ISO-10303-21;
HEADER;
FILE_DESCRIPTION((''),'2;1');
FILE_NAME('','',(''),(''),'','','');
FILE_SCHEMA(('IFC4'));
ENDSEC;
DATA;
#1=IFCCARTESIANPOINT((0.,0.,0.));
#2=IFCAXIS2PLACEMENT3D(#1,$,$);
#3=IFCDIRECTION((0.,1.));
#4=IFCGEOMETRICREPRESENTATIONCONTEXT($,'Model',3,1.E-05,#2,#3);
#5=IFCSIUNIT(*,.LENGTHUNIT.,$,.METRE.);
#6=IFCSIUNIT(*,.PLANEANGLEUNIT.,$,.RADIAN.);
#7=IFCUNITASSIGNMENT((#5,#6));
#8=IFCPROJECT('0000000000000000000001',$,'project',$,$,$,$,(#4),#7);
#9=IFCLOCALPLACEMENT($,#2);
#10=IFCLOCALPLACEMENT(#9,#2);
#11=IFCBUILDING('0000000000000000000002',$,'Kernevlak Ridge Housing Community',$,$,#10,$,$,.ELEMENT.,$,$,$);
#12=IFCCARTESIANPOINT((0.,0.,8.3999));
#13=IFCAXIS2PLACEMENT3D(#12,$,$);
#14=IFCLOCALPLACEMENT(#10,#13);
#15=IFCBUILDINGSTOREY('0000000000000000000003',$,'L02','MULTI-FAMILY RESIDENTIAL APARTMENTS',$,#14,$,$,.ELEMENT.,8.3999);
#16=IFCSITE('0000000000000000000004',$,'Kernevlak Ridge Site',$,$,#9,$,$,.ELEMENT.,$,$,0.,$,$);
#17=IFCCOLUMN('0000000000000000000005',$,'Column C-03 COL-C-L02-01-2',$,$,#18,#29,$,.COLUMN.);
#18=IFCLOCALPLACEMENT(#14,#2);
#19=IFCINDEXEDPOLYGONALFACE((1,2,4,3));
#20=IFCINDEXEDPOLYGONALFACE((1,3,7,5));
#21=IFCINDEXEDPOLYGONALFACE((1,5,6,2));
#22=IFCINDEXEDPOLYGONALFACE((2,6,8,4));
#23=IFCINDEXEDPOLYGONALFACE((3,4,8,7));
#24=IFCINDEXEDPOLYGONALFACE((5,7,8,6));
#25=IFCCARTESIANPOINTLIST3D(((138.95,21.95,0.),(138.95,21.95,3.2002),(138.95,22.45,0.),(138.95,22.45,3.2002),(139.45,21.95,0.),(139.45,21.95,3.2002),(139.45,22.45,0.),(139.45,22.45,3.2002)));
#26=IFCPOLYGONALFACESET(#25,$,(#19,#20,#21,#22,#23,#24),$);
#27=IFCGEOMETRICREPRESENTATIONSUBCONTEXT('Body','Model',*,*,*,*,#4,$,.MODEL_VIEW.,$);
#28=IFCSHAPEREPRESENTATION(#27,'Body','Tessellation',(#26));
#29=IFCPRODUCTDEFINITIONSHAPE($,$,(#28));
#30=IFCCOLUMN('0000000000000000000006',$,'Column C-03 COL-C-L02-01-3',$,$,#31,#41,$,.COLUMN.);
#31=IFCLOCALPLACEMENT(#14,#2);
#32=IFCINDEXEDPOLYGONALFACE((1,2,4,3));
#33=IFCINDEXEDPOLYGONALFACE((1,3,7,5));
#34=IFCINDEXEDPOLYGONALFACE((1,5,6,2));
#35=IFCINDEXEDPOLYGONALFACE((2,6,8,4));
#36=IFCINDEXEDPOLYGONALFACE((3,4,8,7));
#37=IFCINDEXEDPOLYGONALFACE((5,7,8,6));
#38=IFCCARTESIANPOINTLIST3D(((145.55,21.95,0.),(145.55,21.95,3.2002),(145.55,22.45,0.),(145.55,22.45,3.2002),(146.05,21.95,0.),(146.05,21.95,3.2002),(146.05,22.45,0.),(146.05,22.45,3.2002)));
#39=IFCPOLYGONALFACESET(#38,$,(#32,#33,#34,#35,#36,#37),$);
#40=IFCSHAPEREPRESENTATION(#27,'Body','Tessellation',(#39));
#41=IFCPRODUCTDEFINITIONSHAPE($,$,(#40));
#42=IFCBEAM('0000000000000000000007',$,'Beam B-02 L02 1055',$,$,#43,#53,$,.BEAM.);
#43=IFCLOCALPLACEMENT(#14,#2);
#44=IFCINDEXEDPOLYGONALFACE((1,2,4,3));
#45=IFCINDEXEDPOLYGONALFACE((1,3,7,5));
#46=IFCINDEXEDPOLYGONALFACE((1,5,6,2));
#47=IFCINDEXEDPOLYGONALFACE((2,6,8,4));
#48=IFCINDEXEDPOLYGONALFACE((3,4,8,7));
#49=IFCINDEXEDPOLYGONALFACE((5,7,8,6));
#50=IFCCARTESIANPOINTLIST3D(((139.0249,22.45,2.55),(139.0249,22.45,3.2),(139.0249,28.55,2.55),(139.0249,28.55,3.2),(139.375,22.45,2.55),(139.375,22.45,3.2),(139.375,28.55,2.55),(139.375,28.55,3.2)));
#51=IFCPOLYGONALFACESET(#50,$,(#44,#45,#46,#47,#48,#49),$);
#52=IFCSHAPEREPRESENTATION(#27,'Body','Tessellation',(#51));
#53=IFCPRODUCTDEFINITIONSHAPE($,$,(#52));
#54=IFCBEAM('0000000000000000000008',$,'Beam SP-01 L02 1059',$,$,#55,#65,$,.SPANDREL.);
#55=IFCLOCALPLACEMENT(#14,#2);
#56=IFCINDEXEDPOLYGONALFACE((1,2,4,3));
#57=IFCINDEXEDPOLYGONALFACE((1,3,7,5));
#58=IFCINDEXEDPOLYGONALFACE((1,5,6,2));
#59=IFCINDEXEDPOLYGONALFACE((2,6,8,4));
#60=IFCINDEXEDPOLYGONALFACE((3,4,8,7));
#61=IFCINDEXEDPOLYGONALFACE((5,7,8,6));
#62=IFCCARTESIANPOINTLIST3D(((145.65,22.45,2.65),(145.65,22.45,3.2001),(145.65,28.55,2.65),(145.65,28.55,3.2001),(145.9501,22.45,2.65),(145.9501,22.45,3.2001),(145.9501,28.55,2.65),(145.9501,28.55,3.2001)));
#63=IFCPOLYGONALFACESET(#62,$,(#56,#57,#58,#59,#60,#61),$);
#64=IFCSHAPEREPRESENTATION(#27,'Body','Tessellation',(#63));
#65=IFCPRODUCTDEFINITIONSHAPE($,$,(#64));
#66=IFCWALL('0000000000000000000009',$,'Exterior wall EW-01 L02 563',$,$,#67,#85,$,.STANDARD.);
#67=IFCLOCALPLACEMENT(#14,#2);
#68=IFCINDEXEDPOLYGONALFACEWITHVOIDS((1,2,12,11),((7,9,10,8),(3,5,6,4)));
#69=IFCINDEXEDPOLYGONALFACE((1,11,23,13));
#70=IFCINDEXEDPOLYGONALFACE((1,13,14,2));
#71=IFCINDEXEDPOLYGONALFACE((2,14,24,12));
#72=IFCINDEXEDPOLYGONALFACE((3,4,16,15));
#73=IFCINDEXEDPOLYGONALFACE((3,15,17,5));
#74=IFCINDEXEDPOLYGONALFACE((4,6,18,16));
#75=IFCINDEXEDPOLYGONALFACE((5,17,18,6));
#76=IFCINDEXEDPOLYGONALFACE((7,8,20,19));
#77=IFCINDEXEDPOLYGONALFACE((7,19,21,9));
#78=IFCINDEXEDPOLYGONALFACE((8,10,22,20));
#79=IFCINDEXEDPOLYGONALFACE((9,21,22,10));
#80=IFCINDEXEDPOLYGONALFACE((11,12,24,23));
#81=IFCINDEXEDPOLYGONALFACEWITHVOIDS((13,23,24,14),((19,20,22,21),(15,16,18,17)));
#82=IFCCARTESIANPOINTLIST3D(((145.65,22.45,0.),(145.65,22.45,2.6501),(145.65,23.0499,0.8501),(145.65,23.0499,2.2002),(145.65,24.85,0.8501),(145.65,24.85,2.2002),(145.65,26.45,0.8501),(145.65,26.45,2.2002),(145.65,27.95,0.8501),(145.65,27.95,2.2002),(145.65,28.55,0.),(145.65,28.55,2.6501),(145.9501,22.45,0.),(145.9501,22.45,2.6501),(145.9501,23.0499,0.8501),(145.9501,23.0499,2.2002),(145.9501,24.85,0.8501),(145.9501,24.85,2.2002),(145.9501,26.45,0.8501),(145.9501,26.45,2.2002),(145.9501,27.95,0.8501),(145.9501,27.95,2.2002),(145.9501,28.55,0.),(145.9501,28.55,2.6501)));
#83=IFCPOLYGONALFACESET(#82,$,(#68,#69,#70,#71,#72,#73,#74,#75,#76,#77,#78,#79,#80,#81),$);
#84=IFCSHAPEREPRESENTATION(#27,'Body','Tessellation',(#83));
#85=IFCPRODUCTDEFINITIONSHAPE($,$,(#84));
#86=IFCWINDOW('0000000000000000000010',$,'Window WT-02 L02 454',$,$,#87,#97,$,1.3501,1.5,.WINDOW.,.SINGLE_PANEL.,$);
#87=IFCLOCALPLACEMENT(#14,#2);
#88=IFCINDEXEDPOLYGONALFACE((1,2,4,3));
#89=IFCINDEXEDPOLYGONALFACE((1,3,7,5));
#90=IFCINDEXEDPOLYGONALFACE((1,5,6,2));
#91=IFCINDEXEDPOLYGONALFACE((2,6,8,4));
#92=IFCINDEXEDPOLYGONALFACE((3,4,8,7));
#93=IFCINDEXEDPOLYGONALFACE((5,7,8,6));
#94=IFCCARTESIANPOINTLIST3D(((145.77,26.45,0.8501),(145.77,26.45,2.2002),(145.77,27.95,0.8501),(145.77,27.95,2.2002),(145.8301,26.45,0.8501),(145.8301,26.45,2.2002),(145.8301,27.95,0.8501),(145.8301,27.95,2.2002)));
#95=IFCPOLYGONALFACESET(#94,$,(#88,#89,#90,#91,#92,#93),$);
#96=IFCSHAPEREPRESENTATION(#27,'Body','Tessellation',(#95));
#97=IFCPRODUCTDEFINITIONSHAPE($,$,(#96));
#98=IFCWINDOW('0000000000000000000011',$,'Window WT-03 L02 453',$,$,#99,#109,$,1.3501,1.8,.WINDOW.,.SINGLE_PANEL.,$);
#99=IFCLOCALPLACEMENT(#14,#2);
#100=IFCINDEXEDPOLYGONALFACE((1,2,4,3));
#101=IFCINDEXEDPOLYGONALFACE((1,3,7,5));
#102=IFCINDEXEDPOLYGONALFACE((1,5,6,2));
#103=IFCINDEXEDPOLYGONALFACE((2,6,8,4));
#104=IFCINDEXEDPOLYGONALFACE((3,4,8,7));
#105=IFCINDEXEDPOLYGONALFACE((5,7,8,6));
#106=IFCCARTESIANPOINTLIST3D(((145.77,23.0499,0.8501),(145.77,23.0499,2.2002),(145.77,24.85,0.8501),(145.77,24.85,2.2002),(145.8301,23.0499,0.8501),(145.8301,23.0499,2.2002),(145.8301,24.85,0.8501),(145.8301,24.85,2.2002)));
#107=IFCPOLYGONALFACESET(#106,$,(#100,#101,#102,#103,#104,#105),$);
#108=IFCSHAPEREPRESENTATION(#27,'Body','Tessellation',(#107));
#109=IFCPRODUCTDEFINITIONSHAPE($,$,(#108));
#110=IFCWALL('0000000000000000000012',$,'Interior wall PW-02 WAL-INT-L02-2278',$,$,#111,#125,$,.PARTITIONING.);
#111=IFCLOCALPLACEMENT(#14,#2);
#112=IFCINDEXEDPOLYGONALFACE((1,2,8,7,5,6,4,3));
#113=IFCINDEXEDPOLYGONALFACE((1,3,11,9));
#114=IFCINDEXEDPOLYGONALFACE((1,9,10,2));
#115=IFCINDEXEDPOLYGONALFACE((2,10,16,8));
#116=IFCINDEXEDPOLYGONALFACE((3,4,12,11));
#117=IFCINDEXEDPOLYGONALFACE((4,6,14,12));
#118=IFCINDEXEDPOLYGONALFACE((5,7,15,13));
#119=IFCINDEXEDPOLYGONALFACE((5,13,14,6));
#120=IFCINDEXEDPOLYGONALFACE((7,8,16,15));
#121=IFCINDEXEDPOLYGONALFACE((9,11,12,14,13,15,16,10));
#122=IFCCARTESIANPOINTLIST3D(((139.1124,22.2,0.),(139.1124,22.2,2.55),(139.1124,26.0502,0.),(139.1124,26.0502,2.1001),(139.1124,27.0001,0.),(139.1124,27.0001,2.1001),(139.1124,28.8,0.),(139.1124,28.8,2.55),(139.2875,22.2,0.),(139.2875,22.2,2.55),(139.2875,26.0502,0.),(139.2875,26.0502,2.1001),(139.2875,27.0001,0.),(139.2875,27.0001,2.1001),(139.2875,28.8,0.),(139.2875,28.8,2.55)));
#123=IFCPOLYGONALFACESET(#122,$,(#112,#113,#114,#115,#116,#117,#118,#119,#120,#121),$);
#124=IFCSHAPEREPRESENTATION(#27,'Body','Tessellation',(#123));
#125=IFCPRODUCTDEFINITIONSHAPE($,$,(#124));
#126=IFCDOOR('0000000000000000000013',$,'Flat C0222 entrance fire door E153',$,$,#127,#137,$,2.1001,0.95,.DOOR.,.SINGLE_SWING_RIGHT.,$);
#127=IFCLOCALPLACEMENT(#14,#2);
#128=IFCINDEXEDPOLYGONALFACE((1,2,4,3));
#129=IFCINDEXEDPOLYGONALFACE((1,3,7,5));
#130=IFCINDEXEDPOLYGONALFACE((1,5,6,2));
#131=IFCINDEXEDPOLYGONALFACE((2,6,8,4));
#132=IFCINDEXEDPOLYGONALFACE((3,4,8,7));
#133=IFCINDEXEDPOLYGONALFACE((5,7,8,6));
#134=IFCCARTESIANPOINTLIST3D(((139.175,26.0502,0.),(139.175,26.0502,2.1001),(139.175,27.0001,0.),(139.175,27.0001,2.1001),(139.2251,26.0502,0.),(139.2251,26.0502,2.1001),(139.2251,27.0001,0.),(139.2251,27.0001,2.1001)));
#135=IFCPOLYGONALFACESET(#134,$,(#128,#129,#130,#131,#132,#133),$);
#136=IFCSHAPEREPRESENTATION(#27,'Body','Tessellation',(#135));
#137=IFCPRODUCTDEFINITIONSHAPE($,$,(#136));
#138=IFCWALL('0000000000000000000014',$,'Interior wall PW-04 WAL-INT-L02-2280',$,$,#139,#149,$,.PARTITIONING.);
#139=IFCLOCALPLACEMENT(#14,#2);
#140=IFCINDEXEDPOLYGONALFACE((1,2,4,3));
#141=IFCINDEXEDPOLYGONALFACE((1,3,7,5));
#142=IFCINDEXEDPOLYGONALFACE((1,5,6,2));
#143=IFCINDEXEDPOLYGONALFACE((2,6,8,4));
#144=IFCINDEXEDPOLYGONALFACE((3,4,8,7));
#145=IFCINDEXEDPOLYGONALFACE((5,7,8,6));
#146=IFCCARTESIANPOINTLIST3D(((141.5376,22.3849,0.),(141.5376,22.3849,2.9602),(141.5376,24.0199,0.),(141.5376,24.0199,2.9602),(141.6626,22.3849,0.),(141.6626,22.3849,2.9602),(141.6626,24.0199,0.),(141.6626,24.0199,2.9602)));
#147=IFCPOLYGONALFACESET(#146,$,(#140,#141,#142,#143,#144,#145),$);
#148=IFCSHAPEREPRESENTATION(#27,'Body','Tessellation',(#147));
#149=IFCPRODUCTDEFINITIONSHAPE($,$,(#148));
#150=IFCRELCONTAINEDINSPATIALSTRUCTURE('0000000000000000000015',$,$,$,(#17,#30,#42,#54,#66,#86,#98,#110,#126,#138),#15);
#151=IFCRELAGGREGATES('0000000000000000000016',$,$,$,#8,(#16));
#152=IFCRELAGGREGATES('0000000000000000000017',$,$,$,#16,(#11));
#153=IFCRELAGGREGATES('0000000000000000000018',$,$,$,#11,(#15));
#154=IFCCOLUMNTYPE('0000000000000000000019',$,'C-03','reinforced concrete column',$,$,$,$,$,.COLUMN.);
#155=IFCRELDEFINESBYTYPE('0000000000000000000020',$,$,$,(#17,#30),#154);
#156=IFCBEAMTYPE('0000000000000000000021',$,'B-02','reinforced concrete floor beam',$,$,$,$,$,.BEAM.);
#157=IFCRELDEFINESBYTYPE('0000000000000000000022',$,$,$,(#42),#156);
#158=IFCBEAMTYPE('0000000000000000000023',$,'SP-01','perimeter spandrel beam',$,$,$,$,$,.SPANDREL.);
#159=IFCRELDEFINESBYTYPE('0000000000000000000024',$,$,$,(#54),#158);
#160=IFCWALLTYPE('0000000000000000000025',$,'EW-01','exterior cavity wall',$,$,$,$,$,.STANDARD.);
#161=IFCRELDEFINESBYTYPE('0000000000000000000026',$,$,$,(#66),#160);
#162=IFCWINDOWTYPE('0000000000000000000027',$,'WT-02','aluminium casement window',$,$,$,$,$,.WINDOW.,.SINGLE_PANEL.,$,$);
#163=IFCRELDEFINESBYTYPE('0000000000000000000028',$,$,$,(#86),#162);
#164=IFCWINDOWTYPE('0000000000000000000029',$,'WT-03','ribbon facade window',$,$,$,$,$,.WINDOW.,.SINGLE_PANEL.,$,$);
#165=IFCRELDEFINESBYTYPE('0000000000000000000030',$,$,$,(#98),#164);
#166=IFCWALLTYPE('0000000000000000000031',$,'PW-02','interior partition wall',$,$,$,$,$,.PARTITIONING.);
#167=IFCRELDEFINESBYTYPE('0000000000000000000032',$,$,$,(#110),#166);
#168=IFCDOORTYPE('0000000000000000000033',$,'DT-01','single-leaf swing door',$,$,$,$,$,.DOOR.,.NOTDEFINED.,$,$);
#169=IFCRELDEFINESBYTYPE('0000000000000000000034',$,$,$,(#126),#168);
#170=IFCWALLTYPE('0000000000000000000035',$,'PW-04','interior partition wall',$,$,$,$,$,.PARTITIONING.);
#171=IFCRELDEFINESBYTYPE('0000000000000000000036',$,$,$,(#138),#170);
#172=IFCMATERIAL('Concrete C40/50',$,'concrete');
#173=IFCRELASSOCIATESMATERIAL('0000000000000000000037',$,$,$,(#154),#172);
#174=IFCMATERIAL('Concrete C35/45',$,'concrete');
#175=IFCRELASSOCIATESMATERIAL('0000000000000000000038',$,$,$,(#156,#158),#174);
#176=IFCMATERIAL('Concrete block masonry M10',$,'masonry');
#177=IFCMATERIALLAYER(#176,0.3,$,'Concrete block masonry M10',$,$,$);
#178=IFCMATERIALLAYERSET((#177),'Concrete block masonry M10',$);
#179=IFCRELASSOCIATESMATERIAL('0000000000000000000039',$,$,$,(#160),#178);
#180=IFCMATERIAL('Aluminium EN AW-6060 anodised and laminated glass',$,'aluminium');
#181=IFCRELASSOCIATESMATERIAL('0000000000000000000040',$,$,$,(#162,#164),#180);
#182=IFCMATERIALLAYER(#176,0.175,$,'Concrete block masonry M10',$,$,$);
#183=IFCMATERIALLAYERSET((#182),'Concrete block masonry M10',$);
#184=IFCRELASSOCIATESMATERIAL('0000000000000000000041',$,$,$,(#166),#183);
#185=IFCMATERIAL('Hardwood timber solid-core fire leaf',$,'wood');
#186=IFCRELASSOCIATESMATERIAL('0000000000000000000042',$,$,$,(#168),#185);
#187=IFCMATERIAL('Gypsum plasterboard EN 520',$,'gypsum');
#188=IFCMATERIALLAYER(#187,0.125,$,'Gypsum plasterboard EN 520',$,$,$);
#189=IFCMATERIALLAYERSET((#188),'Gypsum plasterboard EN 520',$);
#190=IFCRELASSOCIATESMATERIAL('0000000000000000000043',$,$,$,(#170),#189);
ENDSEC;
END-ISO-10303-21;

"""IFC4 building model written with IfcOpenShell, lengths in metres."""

from ifc_helpers import new_model, si_unit, direction, frame, frame_2d, origin, origin_2d, place, context, subcontext, project, spatial, rectangle, extrude, material, layer, layer_set, material_profile, profile_set, type_object, element, fill, save


model = new_model("IFC4")

# Units and contexts
model_context = context("Model", 3, precision=1e-05, world=origin(), true_north=direction((0.0, 1.0)))
body_context = subcontext(model_context, "Body", "Model", "MODEL_VIEW")
ifc_project = project(units=[si_unit("LENGTHUNIT", "METRE"), si_unit("PLANEANGLEUNIT", "RADIAN")], contexts=[model_context])

# Site, building, storey
site_placement = place(None, origin())
site = spatial("IfcSite", under=ifc_project, at=site_placement, Name="Kernevlak Ridge Site", CompositionType="ELEMENT", RefElevation=0.0)
building_placement = place(site_placement, origin())
building = spatial("IfcBuilding", under=site, at=building_placement, Name="Kernevlak Ridge Housing Community", CompositionType="ELEMENT")
storey_placement = place(building_placement, frame((0.0, 0.0, 8.3999)))
storey = spatial("IfcBuildingStorey", under=building, at=storey_placement, Name="L02", Description="MULTI-FAMILY RESIDENTIAL APARTMENTS", CompositionType="ELEMENT", Elevation=8.3999)

# Columns
ifc_material_1 = material(Name="Concrete C40/50", Category="concrete")
ifc_material_profile_1 = material_profile(ifc_material_1, rectangle(XDim=0.5, YDim=0.5, at=origin_2d()), Name="RC 500x500")
ifc_profile_set_1 = profile_set([ifc_material_profile_1], Name="Concrete C40/50")
column_type = type_object("IfcColumnType", Name="C-03", Description="reinforced concrete column", PredefinedType="COLUMN", material=ifc_profile_set_1)
for number, where, z_axis, x_axis, name in (
    (1, (139.2, 22.2, 0.0), (0.0, 0.0, 1.0), (1.0, 0.0, 0.0), "Column C-03 COL-C-L02-01-2"),
    (2, (145.8, 22.2, 0.0), (0.0, 0.0, 1.0), (1.0, 0.0, 0.0), "Column C-03 COL-C-L02-01-3"),
):
    element("IfcColumn", number, at=place(storey_placement, frame(where, z_axis=z_axis, x_axis=x_axis)), inside=storey, type_object=column_type, Name=name, PredefinedType="COLUMN", context=body_context, shape_type="SweptSolid", body=[
        extrude(rectangle(XDim=0.5, YDim=0.5, at=origin_2d()), origin(), (0.0, 0.0, 1.0), 3.2002),
    ])

# Beams
ifc_material_2 = material(Name="Concrete C35/45", Category="concrete")
ifc_material_profile_2 = material_profile(ifc_material_2, rectangle(XDim=0.3501, YDim=0.6499, at=origin_2d()), Name="RC 350x650")
ifc_profile_set_2 = profile_set([ifc_material_profile_2], Name="Concrete C35/45")
beam_type_1 = type_object("IfcBeamType", Name="B-02", Description="reinforced concrete floor beam", PredefinedType="BEAM", material=ifc_profile_set_2)
beam_1_placement = place(storey_placement, frame((139.2, 22.45, 2.875), z_axis=(0.0, 1.0, 0.0), x_axis=(-1.0, 0.0, 0.0)))
element("IfcBeam", 3, at=beam_1_placement, inside=storey, type_object=beam_type_1, Name="Beam B-02 L02 1055", PredefinedType="BEAM", context=body_context, shape_type="SweptSolid", body=[
    extrude(rectangle(XDim=0.3501, YDim=0.6499, at=origin_2d()), origin(), (0.0, 0.0, 1.0), 6.1001),
])
ifc_material_profile_3 = material_profile(ifc_material_2, rectangle(XDim=0.3, YDim=0.55, at=origin_2d()), Name="RC 300x550")
ifc_profile_set_3 = profile_set([ifc_material_profile_3], Name="Concrete C35/45")
beam_type_2 = type_object("IfcBeamType", Name="SP-01", Description="perimeter spandrel beam", PredefinedType="SPANDREL", material=ifc_profile_set_3)
beam_2_placement = place(storey_placement, frame((145.8, 22.45, 2.925), z_axis=(0.0, 1.0, 0.0), x_axis=(-1.0, 0.0, 0.0)))
element("IfcBeam", 4, at=beam_2_placement, inside=storey, type_object=beam_type_2, Name="Beam SP-01 L02 1059", PredefinedType="SPANDREL", context=body_context, shape_type="SweptSolid", body=[
    extrude(rectangle(XDim=0.3, YDim=0.55, at=origin_2d()), origin(), (0.0, 0.0, 1.0), 6.1001),
])

# Wall, openings, windows
ifc_material_3 = material(Name="Concrete block masonry M10", Category="masonry")
ifc_layer_1 = layer(ifc_material_3, 0.3, Name="Concrete block masonry M10")
ifc_layer_set_1 = layer_set([ifc_layer_1], Name="Concrete block masonry M10")
wall_type_1 = type_object("IfcWallType", Name="EW-01", Description="exterior cavity wall", PredefinedType="STANDARD", material=ifc_layer_set_1)
wall_1_placement = place(storey_placement, frame((145.8, 22.45, 0.0), z_axis=(0.0, 0.0, 1.0), x_axis=(0.0, 1.0, 0.0)))
wall_1 = element("IfcWall", 5, at=wall_1_placement, inside=storey, type_object=wall_type_1, Name="Exterior wall EW-01 L02 563", PredefinedType="STANDARD", context=body_context, shape_type="SweptSolid", body=[
    extrude(rectangle(XDim=6.1001, YDim=0.3, at=frame_2d((3.05, 0.0))), origin(), (0.0, 0.0, 1.0), 2.6501),
])
opening_1_placement = place(wall_1_placement, frame((0.6001, 0.0, 0.8501)))
opening_1 = element("IfcOpeningElement", 6, at=opening_1_placement, cuts=wall_1, PredefinedType="OPENING", context=body_context, shape_type="SweptSolid", body=[
    extrude(rectangle(XDim=1.8, YDim=1.3501, at=frame_2d((0.8999, 0.675))), frame((0.0, 0.1599, 0.0), z_axis=(0.0, -1.0, 0.0), x_axis=(1.0, 0.0, 0.0)), (0.0, 0.0, 1.0), 0.3201),
])
opening_2_placement = place(wall_1_placement, frame((4.0, 0.0, 0.8501)))
opening_2 = element("IfcOpeningElement", 7, at=opening_2_placement, cuts=wall_1, PredefinedType="OPENING", context=body_context, shape_type="SweptSolid", body=[
    extrude(rectangle(XDim=1.5, YDim=1.3501, at=frame_2d((0.75, 0.675))), frame((0.0, 0.1599, 0.0), z_axis=(0.0, -1.0, 0.0), x_axis=(1.0, 0.0, 0.0)), (0.0, 0.0, 1.0), 0.3201),
])
ifc_material_4 = material(Name="Aluminium EN AW-6060 anodised and laminated glass", Category="aluminium")
window_type_1 = type_object("IfcWindowType", Name="WT-02", Description="aluminium casement window", PartitioningType="SINGLE_PANEL", PredefinedType="WINDOW", material=ifc_material_4)
window_1_placement = place(opening_2_placement, origin())
window_1 = element("IfcWindow", 8, at=window_1_placement, inside=storey, type_object=window_type_1, Name="Window WT-02 L02 454", OverallHeight=1.3501, OverallWidth=1.5, PartitioningType="SINGLE_PANEL", PredefinedType="WINDOW", context=body_context, shape_type="SweptSolid", body=[
    extrude(rectangle(XDim=1.5, YDim=1.3501, at=frame_2d((0.75, 0.675))), frame((0.0, 0.03, 0.0), z_axis=(0.0, -1.0, 0.0), x_axis=(1.0, 0.0, 0.0)), (0.0, 0.0, 1.0), 0.0601),
])
fill(opening_2, window_1)
window_type_2 = type_object("IfcWindowType", Name="WT-03", Description="ribbon facade window", PartitioningType="SINGLE_PANEL", PredefinedType="WINDOW", material=ifc_material_4)
window_2_placement = place(opening_1_placement, origin())
window_2 = element("IfcWindow", 9, at=window_2_placement, inside=storey, type_object=window_type_2, Name="Window WT-03 L02 453", OverallHeight=1.3501, OverallWidth=1.8, PartitioningType="SINGLE_PANEL", PredefinedType="WINDOW", context=body_context, shape_type="SweptSolid", body=[
    extrude(rectangle(XDim=1.8, YDim=1.3501, at=frame_2d((0.8999, 0.675))), frame((0.0, 0.03, 0.0), z_axis=(0.0, -1.0, 0.0), x_axis=(1.0, 0.0, 0.0)), (0.0, 0.0, 1.0), 0.0601),
])
fill(opening_1, window_2)

# Wall, opening, door
ifc_layer_2 = layer(ifc_material_3, 0.175, Name="Concrete block masonry M10")
ifc_layer_set_2 = layer_set([ifc_layer_2], Name="Concrete block masonry M10")
wall_type_2 = type_object("IfcWallType", Name="PW-02", Description="interior partition wall", PredefinedType="PARTITIONING", material=ifc_layer_set_2)
wall_2_placement = place(storey_placement, frame((139.2, 22.2, 0.0), z_axis=(0.0, 0.0, 1.0), x_axis=(0.0, 1.0, 0.0)))
wall_2 = element("IfcWall", 10, at=wall_2_placement, inside=storey, type_object=wall_type_2, Name="Interior wall PW-02 WAL-INT-L02-2278", PredefinedType="PARTITIONING", context=body_context, shape_type="SweptSolid", body=[
    extrude(rectangle(XDim=6.6001, YDim=0.175, at=frame_2d((3.3, 0.0))), origin(), (0.0, 0.0, 1.0), 2.55),
])
opening_3_placement = place(wall_2_placement, frame((3.8501, 0.0, 0.0)))
opening_3 = element("IfcOpeningElement", 11, at=opening_3_placement, cuts=wall_2, PredefinedType="OPENING", context=body_context, shape_type="SweptSolid", body=[
    extrude(rectangle(XDim=0.95, YDim=2.1001, at=frame_2d((0.4751, 1.05))), frame((0.0, 0.0974, 0.0), z_axis=(0.0, -1.0, 0.0), x_axis=(1.0, 0.0, 0.0)), (0.0, 0.0, 1.0), 0.1951),
])
ifc_material_5 = material(Name="Hardwood timber solid-core fire leaf", Category="wood")
door_type_1 = type_object("IfcDoorType", Name="DT-01", Description="single-leaf swing door", OperationType="NOTDEFINED", PredefinedType="DOOR", material=ifc_material_5)
door_1_placement = place(opening_3_placement, origin())
door_1 = element("IfcDoor", 12, at=door_1_placement, inside=storey, type_object=door_type_1, Name="Flat C0222 entrance fire door E153", OperationType="SINGLE_SWING_RIGHT", OverallHeight=2.1001, OverallWidth=0.95, PredefinedType="DOOR", context=body_context, shape_type="SweptSolid", body=[
    extrude(rectangle(XDim=0.95, YDim=2.1001, at=frame_2d((0.4751, 1.05))), frame((0.0, 0.0249, 0.0), z_axis=(0.0, -1.0, 0.0), x_axis=(1.0, 0.0, 0.0)), (0.0, 0.0, 1.0), 0.05),
])
fill(opening_3, door_1)

# Wall
ifc_material_6 = material(Name="Gypsum plasterboard EN 520", Category="gypsum")
ifc_layer_3 = layer(ifc_material_6, 0.125, Name="Gypsum plasterboard EN 520")
ifc_layer_set_3 = layer_set([ifc_layer_3], Name="Gypsum plasterboard EN 520")
wall_type_3 = type_object("IfcWallType", Name="PW-04", Description="interior partition wall", PredefinedType="PARTITIONING", material=ifc_layer_set_3)
wall_3_placement = place(storey_placement, frame((141.6001, 22.385, 0.0), z_axis=(0.0, 0.0, 1.0), x_axis=(0.0, 1.0, 0.0)))
element("IfcWall", 13, at=wall_3_placement, inside=storey, type_object=wall_type_3, Name="Interior wall PW-04 WAL-INT-L02-2280", PredefinedType="PARTITIONING", context=body_context, shape_type="SweptSolid", body=[
    extrude(rectangle(XDim=1.635, YDim=0.125, at=frame_2d((0.8174, 0.0))), origin(), (0.0, 0.0, 1.0), 2.9602),
])

save(model, "model.ifc")
